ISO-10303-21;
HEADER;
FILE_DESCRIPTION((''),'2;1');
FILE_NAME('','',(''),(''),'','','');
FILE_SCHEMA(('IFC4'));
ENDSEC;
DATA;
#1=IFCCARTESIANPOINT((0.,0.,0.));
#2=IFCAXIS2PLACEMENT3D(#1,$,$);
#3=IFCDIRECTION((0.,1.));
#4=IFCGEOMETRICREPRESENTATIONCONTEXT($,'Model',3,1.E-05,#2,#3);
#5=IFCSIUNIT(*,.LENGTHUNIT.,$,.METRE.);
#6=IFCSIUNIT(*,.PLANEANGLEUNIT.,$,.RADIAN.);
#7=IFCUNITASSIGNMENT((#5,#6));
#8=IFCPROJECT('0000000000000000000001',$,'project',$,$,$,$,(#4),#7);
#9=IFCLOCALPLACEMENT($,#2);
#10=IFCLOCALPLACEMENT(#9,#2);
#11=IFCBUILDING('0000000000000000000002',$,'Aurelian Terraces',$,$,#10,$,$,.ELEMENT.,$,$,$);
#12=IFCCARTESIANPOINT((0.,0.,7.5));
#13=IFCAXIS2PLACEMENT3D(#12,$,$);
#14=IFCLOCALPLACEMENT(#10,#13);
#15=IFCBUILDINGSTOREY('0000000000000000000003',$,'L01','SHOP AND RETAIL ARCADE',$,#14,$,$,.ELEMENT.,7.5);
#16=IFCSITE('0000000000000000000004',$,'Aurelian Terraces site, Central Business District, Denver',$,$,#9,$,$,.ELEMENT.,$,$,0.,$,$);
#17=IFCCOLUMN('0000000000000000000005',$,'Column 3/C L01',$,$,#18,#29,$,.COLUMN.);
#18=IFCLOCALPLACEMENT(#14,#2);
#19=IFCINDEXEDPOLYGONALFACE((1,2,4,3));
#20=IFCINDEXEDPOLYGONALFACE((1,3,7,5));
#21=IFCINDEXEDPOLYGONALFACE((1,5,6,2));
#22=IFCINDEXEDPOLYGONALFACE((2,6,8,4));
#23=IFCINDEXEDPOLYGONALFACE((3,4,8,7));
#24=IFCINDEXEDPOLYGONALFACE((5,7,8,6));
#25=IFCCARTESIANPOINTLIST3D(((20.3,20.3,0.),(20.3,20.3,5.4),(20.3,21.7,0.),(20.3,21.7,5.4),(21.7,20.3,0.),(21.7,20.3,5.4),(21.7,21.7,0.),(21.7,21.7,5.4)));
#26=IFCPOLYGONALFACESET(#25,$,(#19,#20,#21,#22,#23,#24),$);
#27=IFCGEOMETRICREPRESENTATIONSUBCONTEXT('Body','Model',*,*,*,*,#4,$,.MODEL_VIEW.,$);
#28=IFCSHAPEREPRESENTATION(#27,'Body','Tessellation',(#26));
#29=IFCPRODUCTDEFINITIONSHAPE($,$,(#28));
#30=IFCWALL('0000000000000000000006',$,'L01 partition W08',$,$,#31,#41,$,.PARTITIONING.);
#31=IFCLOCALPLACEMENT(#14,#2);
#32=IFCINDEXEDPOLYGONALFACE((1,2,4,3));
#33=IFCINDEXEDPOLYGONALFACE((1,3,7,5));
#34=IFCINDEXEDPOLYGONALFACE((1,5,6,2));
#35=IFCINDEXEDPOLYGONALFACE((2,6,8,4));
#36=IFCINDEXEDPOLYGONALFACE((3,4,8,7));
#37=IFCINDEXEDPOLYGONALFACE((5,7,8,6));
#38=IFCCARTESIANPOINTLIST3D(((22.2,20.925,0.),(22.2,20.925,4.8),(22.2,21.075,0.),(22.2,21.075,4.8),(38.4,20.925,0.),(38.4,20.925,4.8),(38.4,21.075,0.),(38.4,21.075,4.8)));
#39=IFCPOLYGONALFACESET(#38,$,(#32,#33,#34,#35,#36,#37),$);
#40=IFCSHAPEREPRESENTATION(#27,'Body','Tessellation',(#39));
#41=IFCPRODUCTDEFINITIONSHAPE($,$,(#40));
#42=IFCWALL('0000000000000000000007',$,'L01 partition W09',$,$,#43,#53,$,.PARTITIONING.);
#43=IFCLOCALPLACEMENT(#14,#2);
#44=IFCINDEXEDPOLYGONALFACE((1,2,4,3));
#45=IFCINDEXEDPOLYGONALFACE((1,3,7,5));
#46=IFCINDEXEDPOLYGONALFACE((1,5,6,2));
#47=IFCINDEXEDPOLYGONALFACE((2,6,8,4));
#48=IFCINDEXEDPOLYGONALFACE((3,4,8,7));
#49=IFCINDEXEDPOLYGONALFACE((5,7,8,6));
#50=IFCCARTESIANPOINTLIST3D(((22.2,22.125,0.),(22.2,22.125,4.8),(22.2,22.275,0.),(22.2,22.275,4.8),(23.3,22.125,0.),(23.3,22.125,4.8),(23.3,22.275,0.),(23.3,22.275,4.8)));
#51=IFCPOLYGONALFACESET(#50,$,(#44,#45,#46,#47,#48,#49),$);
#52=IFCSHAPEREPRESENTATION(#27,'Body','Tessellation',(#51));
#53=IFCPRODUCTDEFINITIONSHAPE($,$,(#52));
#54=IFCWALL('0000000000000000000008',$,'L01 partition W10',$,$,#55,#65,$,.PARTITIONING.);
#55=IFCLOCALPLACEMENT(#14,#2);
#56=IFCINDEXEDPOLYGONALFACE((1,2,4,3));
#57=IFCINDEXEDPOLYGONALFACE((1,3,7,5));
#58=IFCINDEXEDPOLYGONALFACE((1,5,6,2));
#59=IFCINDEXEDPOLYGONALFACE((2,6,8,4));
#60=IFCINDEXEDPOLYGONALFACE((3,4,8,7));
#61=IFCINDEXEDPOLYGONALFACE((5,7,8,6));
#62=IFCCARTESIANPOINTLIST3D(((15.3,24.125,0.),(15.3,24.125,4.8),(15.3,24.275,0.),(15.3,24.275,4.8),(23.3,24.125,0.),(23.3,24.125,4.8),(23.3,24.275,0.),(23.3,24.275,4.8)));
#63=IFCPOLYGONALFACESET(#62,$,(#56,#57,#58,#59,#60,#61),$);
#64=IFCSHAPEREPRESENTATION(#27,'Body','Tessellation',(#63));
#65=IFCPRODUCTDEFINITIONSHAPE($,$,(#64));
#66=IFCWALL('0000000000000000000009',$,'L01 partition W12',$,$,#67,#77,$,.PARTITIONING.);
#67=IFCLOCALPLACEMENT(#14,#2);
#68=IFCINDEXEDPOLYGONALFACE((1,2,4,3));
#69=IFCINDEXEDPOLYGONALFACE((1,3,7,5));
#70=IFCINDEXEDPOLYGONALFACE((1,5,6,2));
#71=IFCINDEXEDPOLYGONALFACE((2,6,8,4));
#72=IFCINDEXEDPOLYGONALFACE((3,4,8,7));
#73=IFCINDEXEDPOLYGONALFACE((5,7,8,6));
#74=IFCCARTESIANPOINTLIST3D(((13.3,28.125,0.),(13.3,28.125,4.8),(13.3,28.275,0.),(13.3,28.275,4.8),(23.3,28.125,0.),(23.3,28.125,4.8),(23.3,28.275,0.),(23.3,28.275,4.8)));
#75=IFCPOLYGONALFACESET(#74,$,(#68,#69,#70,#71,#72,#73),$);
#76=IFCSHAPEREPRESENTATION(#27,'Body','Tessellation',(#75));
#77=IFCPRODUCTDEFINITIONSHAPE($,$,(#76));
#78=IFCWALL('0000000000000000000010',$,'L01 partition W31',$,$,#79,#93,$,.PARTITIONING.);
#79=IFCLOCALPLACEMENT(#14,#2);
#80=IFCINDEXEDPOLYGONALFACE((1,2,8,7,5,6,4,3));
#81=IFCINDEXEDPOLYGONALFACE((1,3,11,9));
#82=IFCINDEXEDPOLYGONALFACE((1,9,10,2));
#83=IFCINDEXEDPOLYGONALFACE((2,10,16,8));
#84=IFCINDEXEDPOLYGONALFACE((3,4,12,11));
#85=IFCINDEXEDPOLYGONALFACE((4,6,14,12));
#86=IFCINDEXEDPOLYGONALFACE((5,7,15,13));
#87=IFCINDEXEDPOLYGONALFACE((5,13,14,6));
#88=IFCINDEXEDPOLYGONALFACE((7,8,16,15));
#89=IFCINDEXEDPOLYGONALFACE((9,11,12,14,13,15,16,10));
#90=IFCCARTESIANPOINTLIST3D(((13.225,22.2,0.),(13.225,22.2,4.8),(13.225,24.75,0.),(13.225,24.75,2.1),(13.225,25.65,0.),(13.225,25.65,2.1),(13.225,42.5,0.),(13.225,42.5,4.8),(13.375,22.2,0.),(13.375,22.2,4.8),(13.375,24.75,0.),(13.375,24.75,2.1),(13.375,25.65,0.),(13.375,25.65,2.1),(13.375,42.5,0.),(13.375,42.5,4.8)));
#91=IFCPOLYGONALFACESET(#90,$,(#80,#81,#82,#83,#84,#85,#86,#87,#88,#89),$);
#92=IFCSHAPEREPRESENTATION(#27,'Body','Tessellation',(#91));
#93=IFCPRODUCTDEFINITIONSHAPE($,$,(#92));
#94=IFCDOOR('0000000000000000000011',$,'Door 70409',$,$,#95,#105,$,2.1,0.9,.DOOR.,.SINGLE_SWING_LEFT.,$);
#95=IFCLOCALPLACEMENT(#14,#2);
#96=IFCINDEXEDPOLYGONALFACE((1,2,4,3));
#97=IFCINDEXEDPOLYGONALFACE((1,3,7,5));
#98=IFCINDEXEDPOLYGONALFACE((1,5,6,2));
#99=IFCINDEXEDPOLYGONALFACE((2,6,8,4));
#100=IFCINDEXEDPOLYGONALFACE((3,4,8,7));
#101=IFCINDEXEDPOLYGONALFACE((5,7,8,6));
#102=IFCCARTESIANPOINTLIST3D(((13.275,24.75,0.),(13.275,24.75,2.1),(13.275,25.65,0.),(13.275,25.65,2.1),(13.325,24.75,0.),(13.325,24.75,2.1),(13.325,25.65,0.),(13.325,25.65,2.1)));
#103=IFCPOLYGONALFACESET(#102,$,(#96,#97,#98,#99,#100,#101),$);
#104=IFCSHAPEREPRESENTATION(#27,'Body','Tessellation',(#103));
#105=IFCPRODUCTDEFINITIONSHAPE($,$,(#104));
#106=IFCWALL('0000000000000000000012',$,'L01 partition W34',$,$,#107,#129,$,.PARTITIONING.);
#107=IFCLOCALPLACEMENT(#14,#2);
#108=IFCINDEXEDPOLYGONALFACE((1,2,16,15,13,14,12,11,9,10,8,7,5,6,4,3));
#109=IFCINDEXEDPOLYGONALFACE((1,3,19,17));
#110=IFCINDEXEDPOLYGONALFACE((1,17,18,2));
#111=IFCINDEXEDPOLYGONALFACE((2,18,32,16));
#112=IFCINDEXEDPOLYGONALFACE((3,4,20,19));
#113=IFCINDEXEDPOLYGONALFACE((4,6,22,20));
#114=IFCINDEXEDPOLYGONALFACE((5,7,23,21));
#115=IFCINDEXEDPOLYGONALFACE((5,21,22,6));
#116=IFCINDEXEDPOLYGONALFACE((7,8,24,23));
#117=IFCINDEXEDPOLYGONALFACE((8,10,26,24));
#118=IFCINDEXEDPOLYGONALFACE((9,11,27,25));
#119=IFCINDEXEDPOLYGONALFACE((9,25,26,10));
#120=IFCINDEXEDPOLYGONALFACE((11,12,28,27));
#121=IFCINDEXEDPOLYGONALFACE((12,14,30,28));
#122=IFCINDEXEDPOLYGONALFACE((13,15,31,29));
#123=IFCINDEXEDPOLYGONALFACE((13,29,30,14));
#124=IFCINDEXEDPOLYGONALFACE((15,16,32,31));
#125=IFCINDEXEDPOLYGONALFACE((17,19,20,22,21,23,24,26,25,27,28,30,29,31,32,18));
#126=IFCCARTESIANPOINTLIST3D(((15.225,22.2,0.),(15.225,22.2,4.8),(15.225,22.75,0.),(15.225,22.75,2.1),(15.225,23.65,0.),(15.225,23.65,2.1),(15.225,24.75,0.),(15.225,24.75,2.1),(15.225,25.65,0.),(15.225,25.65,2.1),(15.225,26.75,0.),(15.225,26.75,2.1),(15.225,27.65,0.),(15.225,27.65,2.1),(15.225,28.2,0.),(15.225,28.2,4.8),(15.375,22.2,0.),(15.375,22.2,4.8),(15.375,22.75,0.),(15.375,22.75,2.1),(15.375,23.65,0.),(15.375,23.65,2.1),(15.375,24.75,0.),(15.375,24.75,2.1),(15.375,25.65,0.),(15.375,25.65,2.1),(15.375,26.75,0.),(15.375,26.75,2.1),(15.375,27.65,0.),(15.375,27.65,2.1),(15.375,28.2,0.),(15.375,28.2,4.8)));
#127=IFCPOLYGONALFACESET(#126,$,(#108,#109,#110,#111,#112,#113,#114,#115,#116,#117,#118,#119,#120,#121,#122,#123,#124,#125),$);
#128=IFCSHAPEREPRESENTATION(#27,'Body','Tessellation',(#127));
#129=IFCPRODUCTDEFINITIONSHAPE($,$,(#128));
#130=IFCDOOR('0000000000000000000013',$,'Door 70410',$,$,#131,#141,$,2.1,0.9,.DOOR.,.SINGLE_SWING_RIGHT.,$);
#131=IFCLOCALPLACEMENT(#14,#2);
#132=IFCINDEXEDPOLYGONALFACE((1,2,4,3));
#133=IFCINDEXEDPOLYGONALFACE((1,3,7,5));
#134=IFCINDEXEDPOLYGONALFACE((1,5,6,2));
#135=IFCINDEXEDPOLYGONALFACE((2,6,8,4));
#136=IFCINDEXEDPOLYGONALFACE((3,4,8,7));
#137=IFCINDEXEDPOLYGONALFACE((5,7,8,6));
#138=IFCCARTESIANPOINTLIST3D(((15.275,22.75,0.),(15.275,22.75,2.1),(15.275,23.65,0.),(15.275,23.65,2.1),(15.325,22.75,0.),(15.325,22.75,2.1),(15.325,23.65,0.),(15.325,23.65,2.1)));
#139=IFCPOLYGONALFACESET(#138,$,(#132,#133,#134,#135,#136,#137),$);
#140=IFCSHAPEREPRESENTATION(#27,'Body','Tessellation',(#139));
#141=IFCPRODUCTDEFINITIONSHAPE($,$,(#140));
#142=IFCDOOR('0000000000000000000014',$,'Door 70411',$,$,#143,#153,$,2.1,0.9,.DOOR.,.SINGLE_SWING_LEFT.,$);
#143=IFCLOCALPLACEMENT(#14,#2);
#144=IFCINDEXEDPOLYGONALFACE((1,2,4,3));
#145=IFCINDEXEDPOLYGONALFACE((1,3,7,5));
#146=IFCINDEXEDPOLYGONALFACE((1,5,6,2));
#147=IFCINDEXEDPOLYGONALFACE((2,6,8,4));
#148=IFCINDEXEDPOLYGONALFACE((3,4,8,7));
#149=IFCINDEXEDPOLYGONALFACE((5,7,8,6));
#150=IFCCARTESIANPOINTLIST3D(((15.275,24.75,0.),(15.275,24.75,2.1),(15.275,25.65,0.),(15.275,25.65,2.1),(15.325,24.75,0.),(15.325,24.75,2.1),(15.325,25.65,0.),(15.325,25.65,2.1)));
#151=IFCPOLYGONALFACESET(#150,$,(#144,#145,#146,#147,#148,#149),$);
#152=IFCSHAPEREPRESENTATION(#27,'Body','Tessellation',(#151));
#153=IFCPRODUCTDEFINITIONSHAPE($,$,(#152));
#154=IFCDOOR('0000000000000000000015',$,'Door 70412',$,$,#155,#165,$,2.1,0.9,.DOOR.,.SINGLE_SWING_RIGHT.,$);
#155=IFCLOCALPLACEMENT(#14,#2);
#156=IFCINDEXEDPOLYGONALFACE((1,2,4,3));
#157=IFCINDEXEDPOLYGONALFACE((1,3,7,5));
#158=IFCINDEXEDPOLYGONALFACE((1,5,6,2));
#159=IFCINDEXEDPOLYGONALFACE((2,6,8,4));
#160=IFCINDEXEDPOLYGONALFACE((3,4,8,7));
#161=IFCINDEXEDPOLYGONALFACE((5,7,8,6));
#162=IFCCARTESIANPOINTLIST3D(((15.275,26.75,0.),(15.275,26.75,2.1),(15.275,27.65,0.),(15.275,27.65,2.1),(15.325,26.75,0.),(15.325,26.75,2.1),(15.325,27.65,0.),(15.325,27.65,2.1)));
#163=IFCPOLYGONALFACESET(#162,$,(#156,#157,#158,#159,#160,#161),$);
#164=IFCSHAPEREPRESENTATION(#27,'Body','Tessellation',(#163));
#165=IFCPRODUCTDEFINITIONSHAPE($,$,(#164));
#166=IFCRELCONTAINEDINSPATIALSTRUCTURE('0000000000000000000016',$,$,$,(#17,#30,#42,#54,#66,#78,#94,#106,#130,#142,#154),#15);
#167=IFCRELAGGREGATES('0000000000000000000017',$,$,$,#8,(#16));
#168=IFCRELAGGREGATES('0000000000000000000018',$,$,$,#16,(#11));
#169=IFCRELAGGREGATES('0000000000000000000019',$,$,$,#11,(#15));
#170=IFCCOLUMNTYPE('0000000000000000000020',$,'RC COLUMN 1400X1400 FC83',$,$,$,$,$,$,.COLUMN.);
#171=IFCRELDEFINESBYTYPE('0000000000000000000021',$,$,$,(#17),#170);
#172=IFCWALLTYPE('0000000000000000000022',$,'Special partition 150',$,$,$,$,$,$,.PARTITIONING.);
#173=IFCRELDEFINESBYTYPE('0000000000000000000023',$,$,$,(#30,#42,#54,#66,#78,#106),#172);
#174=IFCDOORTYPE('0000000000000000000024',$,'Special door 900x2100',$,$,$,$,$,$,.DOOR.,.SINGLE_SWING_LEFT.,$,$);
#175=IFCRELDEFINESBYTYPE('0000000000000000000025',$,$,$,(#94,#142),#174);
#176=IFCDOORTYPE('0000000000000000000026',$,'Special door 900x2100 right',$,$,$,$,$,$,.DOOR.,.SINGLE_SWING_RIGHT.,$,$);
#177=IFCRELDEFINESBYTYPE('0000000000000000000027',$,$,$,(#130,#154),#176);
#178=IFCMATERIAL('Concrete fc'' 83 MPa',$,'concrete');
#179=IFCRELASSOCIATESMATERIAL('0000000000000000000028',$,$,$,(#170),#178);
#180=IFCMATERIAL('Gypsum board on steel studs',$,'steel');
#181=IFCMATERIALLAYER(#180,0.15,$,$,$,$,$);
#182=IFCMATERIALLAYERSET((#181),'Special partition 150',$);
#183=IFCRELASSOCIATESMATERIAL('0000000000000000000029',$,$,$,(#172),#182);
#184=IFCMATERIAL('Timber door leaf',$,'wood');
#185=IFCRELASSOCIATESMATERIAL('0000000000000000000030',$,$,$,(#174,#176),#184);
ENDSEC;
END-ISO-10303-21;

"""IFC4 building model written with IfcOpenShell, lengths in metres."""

from ifc_helpers import new_model, si_unit, direction, frame, frame_2d, origin, origin_2d, place, context, subcontext, project, spatial, rectangle, extrude, source, transform, mapped, material, layer, layer_set, material_profile, profile_set, type_object, element, fill, save


model = new_model("IFC4")

# Units and contexts
model_context = context("Model", 3, precision=1e-05, world=origin(), true_north=direction((0.0, 1.0)))
body_context = subcontext(model_context, "Body", "Model", "MODEL_VIEW")
ifc_project = project(units=[si_unit("LENGTHUNIT", "METRE"), si_unit("PLANEANGLEUNIT", "RADIAN")], contexts=[model_context])

# Site, building, storey
site_placement = place(None, origin())
site = spatial("IfcSite", under=ifc_project, at=site_placement, Name="Aurelian Terraces site, Central Business District, Denver", CompositionType="ELEMENT", RefElevation=0.0)
building_placement = place(site_placement, origin())
building = spatial("IfcBuilding", under=site, at=building_placement, Name="Aurelian Terraces", CompositionType="ELEMENT")
storey_placement = place(building_placement, frame((0.0, 0.0, 7.5)))
storey = spatial("IfcBuildingStorey", under=building, at=storey_placement, Name="L01", Description="SHOP AND RETAIL ARCADE", CompositionType="ELEMENT", Elevation=7.5)

# Column
ifc_material_1 = material(Name="Concrete fc' 83 MPa", Category="concrete")
ifc_material_profile = material_profile(ifc_material_1, rectangle(XDim=1.4, YDim=1.4, at=origin_2d()))
ifc_profile_set = profile_set([ifc_material_profile], Name="Concrete fc' 83 MPa")
column_type = type_object("IfcColumnType", Name="RC COLUMN 1400X1400 FC83", PredefinedType="COLUMN", material=ifc_profile_set)
shared_shape_1 = source(origin(), body_context, "Body", "SweptSolid", [
    extrude(rectangle(XDim=1.4, YDim=1.4, at=origin_2d()), origin(), (0.0, 0.0, 1.0), 5.4),
])
column_placement = place(storey_placement, frame((21.0, 21.0, 0.0), z_axis=(0.0, 0.0, 1.0), x_axis=(1.0, 0.0, 0.0)))
element("IfcColumn", 1, at=column_placement, inside=storey, type_object=column_type, Name="Column 3/C L01", PredefinedType="COLUMN", context=body_context, shape_type="MappedRepresentation", body=[
    mapped(shared_shape_1, transform((0.0, 0.0, 0.0), scale=1.0)),
])

# Walls
ifc_material_2 = material(Name="Gypsum board on steel studs", Category="steel")
ifc_layer_1 = layer(ifc_material_2, 0.15)
ifc_layer_set_1 = layer_set([ifc_layer_1], Name="Special partition 150")
wall_type_1 = type_object("IfcWallType", Name="Special partition 150", PredefinedType="PARTITIONING", material=ifc_layer_set_1)
wall_1_placement = place(storey_placement, frame((22.2, 21.0, 0.0), z_axis=(0.0, 0.0, 1.0), x_axis=(1.0, 0.0, 0.0)))
element("IfcWall", 2, at=wall_1_placement, inside=storey, type_object=wall_type_1, Name="L01 partition W08", PredefinedType="PARTITIONING", context=body_context, shape_type="SweptSolid", body=[
    extrude(rectangle(XDim=16.2, YDim=0.15, at=frame_2d((8.1, 0.0))), origin(), (0.0, 0.0, 1.0), 4.8),
])
wall_2_placement = place(storey_placement, frame((22.2, 22.2, 0.0), z_axis=(0.0, 0.0, 1.0), x_axis=(1.0, 0.0, 0.0)))
element("IfcWall", 3, at=wall_2_placement, inside=storey, type_object=wall_type_1, Name="L01 partition W09", PredefinedType="PARTITIONING", context=body_context, shape_type="SweptSolid", body=[
    extrude(rectangle(XDim=1.1, YDim=0.15, at=frame_2d((0.55, 0.0))), origin(), (0.0, 0.0, 1.0), 4.8),
])
wall_3_placement = place(storey_placement, frame((15.3, 24.2, 0.0), z_axis=(0.0, 0.0, 1.0), x_axis=(1.0, 0.0, 0.0)))
element("IfcWall", 4, at=wall_3_placement, inside=storey, type_object=wall_type_1, Name="L01 partition W10", PredefinedType="PARTITIONING", context=body_context, shape_type="SweptSolid", body=[
    extrude(rectangle(XDim=8.0, YDim=0.15, at=frame_2d((4.0, 0.0))), origin(), (0.0, 0.0, 1.0), 4.8),
])
wall_4_placement = place(storey_placement, frame((13.3, 28.2, 0.0), z_axis=(0.0, 0.0, 1.0), x_axis=(1.0, 0.0, 0.0)))
element("IfcWall", 5, at=wall_4_placement, inside=storey, type_object=wall_type_1, Name="L01 partition W12", PredefinedType="PARTITIONING", context=body_context, shape_type="SweptSolid", body=[
    extrude(rectangle(XDim=10.0, YDim=0.15, at=frame_2d((5.0, 0.0))), origin(), (0.0, 0.0, 1.0), 4.8),
])

# Wall, opening, door
wall_5_placement = place(storey_placement, frame((13.3, 22.2, 0.0), z_axis=(0.0, 0.0, 1.0), x_axis=(0.0, 1.0, 0.0)))
wall_5 = element("IfcWall", 6, at=wall_5_placement, inside=storey, type_object=wall_type_1, Name="L01 partition W31", PredefinedType="PARTITIONING", context=body_context, shape_type="SweptSolid", body=[
    extrude(rectangle(XDim=20.3, YDim=0.15, at=frame_2d((10.15, 0.0))), origin(), (0.0, 0.0, 1.0), 4.8),
])
shared_shape_2 = source(origin(), body_context, "Body", "SweptSolid", [
    extrude(rectangle(XDim=0.9, YDim=2.1, at=frame_2d((0.45, 1.05))), frame((0.0, 0.085, 0.0), z_axis=(0.0, -1.0, 0.0), x_axis=(1.0, 0.0, 0.0)), (0.0, 0.0, 1.0), 0.17),
])
opening_1_placement = place(wall_5_placement, frame((2.55, 0.0, 0.0)))
opening_1 = element("IfcOpeningElement", 7, at=opening_1_placement, cuts=wall_5, PredefinedType="OPENING", context=body_context, shape_type="MappedRepresentation", body=[
    mapped(shared_shape_2, transform((0.0, 0.0, 0.0), scale=1.0)),
])
ifc_material_3 = material(Name="Timber door leaf", Category="wood")
door_type_1 = type_object("IfcDoorType", Name="Special door 900x2100", OperationType="SINGLE_SWING_LEFT", PredefinedType="DOOR", material=ifc_material_3)
shared_shape_3 = source(origin(), body_context, "Body", "SweptSolid", [
    extrude(rectangle(XDim=0.9, YDim=2.1, at=frame_2d((0.45, 1.05))), frame((0.0, 0.025, 0.0), z_axis=(0.0, -1.0, 0.0), x_axis=(1.0, 0.0, 0.0)), (0.0, 0.0, 1.0), 0.05),
])
door_1_placement = place(opening_1_placement, origin())
door_1 = element("IfcDoor", 8, at=door_1_placement, inside=storey, type_object=door_type_1, Name="Door 70409", OperationType="SINGLE_SWING_LEFT", OverallHeight=2.1, OverallWidth=0.9, PredefinedType="DOOR", context=body_context, shape_type="MappedRepresentation", body=[
    mapped(shared_shape_3, transform((0.0, 0.0, 0.0), scale=1.0)),
])
fill(opening_1, door_1)

# Wall, openings, doors
wall_6_placement = place(storey_placement, frame((15.3, 22.2, 0.0), z_axis=(0.0, 0.0, 1.0), x_axis=(0.0, 1.0, 0.0)))
wall_6 = element("IfcWall", 9, at=wall_6_placement, inside=storey, type_object=wall_type_1, Name="L01 partition W34", PredefinedType="PARTITIONING", context=body_context, shape_type="SweptSolid", body=[
    extrude(rectangle(XDim=6.0, YDim=0.15, at=frame_2d((3.0, 0.0))), origin(), (0.0, 0.0, 1.0), 4.8),
])
opening_2_placement = place(wall_6_placement, frame((0.55, 0.0, 0.0)))
opening_2 = element("IfcOpeningElement", 10, at=opening_2_placement, cuts=wall_6, PredefinedType="OPENING", context=body_context, shape_type="MappedRepresentation", body=[
    mapped(shared_shape_2, transform((0.0, 0.0, 0.0), scale=1.0)),
])
opening_3_placement = place(wall_6_placement, frame((2.55, 0.0, 0.0)))
opening_3 = element("IfcOpeningElement", 11, at=opening_3_placement, cuts=wall_6, PredefinedType="OPENING", context=body_context, shape_type="MappedRepresentation", body=[
    mapped(shared_shape_2, transform((0.0, 0.0, 0.0), scale=1.0)),
])
opening_4_placement = place(wall_6_placement, frame((4.55, 0.0, 0.0)))
opening_4 = element("IfcOpeningElement", 12, at=opening_4_placement, cuts=wall_6, PredefinedType="OPENING", context=body_context, shape_type="MappedRepresentation", body=[
    mapped(shared_shape_2, transform((0.0, 0.0, 0.0), scale=1.0)),
])
door_type_2 = type_object("IfcDoorType", Name="Special door 900x2100 right", OperationType="SINGLE_SWING_RIGHT", PredefinedType="DOOR", material=ifc_material_3)
door_2_placement = place(opening_2_placement, origin())
door_2 = element("IfcDoor", 13, at=door_2_placement, inside=storey, type_object=door_type_2, Name="Door 70410", OperationType="SINGLE_SWING_RIGHT", OverallHeight=2.1, OverallWidth=0.9, PredefinedType="DOOR", context=body_context, shape_type="MappedRepresentation", body=[
    mapped(shared_shape_3, transform((0.0, 0.0, 0.0), scale=1.0)),
])
fill(opening_2, door_2)
door_3_placement = place(opening_3_placement, origin())
door_3 = element("IfcDoor", 14, at=door_3_placement, inside=storey, type_object=door_type_1, Name="Door 70411", OperationType="SINGLE_SWING_LEFT", OverallHeight=2.1, OverallWidth=0.9, PredefinedType="DOOR", context=body_context, shape_type="MappedRepresentation", body=[
    mapped(shared_shape_3, transform((0.0, 0.0, 0.0), scale=1.0)),
])
fill(opening_3, door_3)
door_4_placement = place(opening_4_placement, origin())
door_4 = element("IfcDoor", 15, at=door_4_placement, inside=storey, type_object=door_type_2, Name="Door 70412", OperationType="SINGLE_SWING_RIGHT", OverallHeight=2.1, OverallWidth=0.9, PredefinedType="DOOR", context=body_context, shape_type="MappedRepresentation", body=[
    mapped(shared_shape_3, transform((0.0, 0.0, 0.0), scale=1.0)),
])
fill(opening_4, door_4)

save(model, "model.ifc")
